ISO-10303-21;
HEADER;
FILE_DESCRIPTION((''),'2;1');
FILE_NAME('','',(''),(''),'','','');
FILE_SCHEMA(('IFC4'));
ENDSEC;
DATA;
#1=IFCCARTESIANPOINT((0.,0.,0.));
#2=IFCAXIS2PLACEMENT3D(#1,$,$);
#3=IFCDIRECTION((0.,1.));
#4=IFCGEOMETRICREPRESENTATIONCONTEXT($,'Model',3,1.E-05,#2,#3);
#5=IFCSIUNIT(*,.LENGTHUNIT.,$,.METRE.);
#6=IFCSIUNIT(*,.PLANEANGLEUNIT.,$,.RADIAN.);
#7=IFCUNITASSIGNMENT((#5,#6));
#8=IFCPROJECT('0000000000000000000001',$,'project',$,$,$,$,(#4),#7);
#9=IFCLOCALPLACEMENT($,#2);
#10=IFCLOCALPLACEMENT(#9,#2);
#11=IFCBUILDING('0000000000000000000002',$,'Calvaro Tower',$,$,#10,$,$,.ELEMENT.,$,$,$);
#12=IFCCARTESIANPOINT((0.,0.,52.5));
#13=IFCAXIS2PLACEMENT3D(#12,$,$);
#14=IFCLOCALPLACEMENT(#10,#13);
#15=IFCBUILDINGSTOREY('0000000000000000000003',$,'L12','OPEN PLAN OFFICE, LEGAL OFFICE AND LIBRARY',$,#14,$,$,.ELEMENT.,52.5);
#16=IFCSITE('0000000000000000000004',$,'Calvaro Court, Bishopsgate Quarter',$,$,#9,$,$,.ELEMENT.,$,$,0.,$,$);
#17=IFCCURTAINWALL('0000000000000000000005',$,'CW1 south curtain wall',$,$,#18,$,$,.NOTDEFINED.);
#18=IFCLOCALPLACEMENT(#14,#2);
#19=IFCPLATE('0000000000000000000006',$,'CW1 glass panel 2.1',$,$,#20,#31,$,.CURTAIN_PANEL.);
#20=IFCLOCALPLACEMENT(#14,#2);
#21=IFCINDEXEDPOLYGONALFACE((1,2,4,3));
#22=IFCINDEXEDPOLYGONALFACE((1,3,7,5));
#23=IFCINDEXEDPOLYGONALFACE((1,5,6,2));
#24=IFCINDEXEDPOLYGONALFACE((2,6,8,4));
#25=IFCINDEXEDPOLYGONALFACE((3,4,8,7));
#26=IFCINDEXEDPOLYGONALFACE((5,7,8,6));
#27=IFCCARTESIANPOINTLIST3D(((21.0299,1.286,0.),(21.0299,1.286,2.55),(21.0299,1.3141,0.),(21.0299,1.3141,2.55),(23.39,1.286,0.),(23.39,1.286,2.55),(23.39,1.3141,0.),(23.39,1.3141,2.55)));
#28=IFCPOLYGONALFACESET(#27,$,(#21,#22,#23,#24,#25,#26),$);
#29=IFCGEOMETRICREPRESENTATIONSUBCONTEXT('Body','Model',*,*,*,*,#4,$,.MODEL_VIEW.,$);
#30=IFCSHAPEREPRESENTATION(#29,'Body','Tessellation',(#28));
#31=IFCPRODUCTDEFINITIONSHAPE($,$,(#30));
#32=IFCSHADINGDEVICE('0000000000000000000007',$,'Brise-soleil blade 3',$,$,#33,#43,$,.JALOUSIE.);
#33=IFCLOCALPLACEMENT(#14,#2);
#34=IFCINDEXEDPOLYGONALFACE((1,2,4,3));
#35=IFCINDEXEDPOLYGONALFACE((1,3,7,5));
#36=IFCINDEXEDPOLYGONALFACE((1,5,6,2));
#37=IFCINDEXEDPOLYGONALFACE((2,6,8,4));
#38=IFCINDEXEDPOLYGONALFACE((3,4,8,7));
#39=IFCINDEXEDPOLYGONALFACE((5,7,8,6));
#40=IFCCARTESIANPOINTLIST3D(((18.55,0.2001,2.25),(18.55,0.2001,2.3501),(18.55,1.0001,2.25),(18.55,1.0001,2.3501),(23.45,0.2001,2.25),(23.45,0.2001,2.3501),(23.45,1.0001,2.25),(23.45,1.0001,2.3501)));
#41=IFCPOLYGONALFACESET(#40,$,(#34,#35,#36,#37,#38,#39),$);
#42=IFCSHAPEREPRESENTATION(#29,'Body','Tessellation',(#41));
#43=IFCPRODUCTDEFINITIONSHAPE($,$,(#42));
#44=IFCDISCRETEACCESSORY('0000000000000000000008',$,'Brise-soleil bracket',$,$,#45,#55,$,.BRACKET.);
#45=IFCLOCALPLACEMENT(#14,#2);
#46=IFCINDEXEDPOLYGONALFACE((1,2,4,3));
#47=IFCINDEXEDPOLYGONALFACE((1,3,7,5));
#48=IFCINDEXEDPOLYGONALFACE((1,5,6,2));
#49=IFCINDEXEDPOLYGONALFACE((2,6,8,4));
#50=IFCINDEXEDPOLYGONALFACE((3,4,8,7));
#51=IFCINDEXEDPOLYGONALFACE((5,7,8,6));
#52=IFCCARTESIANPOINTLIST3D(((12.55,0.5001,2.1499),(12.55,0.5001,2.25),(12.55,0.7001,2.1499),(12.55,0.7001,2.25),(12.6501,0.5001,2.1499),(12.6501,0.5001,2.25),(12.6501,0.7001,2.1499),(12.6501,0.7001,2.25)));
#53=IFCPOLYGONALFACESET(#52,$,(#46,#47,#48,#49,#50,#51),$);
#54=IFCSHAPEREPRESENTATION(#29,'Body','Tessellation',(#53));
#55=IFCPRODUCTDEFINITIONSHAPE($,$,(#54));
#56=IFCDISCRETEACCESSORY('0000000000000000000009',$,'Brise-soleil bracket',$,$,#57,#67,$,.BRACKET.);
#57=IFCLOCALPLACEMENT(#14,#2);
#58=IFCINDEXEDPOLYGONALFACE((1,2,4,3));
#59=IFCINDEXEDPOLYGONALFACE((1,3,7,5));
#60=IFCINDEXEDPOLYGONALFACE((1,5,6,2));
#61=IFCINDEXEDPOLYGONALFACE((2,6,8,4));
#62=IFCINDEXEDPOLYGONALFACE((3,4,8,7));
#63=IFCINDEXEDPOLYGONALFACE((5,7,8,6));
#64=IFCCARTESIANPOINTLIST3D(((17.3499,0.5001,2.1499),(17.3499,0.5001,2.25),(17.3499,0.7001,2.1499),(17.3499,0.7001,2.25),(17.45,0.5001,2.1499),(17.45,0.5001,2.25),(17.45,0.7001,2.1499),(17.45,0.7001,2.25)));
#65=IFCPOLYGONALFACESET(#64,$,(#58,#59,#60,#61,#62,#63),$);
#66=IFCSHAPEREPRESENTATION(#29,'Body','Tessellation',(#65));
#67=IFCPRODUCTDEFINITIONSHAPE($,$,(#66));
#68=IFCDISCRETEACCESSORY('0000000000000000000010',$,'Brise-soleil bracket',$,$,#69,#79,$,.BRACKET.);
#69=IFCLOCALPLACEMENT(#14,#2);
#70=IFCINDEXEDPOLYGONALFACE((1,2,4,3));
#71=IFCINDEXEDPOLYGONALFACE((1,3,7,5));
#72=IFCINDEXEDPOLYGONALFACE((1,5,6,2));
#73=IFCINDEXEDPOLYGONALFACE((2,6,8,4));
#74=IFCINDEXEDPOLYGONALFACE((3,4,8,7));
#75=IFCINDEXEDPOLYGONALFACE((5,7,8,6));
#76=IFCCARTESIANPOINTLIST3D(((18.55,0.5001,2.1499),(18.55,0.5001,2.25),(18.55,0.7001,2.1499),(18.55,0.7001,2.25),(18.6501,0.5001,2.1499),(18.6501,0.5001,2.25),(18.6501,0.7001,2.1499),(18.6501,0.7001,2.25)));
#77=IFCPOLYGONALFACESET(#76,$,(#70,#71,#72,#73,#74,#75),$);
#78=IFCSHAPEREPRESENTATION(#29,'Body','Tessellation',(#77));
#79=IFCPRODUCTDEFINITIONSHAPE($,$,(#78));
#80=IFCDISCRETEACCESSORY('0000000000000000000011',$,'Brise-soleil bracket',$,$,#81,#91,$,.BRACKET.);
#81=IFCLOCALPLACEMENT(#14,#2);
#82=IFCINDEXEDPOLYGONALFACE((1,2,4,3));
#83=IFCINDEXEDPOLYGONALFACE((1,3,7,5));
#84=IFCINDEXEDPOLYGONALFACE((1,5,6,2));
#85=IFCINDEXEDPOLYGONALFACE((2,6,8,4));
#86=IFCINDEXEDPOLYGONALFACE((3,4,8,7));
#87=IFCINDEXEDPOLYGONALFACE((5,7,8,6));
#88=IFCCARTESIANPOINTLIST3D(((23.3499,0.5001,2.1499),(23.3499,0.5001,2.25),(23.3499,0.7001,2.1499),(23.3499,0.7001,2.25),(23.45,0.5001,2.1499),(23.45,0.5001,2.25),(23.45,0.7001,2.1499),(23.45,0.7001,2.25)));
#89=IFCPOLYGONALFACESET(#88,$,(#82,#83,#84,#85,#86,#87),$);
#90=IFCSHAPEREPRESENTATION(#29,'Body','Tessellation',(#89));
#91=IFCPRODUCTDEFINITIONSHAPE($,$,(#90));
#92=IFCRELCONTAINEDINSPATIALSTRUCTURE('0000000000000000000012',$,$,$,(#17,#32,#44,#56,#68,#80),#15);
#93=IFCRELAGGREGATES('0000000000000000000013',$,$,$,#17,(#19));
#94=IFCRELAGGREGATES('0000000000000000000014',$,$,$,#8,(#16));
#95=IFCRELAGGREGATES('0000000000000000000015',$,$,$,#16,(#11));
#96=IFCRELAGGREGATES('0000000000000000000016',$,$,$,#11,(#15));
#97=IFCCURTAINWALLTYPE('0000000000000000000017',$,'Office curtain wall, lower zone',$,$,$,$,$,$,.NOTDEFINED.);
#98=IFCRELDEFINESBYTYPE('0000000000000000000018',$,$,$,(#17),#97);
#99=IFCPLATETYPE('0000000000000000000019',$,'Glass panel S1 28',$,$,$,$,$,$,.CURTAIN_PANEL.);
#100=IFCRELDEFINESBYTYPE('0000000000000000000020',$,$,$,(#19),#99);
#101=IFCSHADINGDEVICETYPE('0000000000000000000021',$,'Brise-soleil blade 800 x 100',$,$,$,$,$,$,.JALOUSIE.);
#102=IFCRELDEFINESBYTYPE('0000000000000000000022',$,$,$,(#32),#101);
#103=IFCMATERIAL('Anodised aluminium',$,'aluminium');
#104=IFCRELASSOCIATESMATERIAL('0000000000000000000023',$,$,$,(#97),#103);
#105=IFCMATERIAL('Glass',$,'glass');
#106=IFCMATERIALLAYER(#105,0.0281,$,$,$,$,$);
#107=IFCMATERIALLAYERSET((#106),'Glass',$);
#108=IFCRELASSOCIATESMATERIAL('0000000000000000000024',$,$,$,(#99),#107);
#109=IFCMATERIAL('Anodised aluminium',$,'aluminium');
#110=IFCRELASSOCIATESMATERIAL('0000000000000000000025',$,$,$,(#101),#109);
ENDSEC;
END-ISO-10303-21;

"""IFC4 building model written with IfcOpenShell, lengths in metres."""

from ifc_helpers import new_model, si_unit, direction, frame, origin, origin_2d, place, context, subcontext, project, spatial, rectangle, extrude, material, layer, layer_set, material_profile, profile_set, type_object, element, aggregate, save


model = new_model("IFC4")

# Units and contexts
model_context = context("Model", 3, precision=1e-05, world=origin(), true_north=direction((0.0, 1.0)))
body_context = subcontext(model_context, "Body", "Model", "MODEL_VIEW")
ifc_project = project(units=[si_unit("LENGTHUNIT", "METRE"), si_unit("PLANEANGLEUNIT", "RADIAN")], contexts=[model_context])

# Site, building, storey
site_placement = place(None, origin())
site = spatial("IfcSite", under=ifc_project, at=site_placement, Name="Calvaro Court, Bishopsgate Quarter", CompositionType="ELEMENT", RefElevation=0.0)
building_placement = place(site_placement, origin())
building = spatial("IfcBuilding", under=site, at=building_placement, Name="Calvaro Tower", CompositionType="ELEMENT")
storey_placement = place(building_placement, frame((0.0, 0.0, 52.5)))
storey = spatial("IfcBuildingStorey", under=building, at=storey_placement, Name="L12", Description="OPEN PLAN OFFICE, LEGAL OFFICE AND LIBRARY", CompositionType="ELEMENT", Elevation=52.5)

# Curtain wall
ifc_material_1 = material(Name="Anodised aluminium", Category="aluminium")
curtain_wall_type = type_object("IfcCurtainWallType", Name="Office curtain wall, lower zone", PredefinedType="NOTDEFINED", material=ifc_material_1)
curtain_wall_1_placement = place(storey_placement, origin())
curtain_wall_1 = element("IfcCurtainWall", 1, at=curtain_wall_1_placement, inside=storey, type_object=curtain_wall_type, Name="CW1 south curtain wall", PredefinedType="NOTDEFINED")

# Plate
ifc_material_2 = material(Name="Glass", Category="glass")
ifc_layer = layer(ifc_material_2, 0.0281)
ifc_layer_set = layer_set([ifc_layer], Name="Glass")
plate_type = type_object("IfcPlateType", Name="Glass panel S1 28", PredefinedType="CURTAIN_PANEL", material=ifc_layer_set)
plate_1_placement = place(storey_placement, frame((22.21, 1.3, 0.0), z_axis=(0.0, 0.0, 1.0), x_axis=(1.0, 0.0, 0.0)))
plate_1 = element("IfcPlate", 2, at=plate_1_placement, type_object=plate_type, Name="CW1 glass panel 2.1", PredefinedType="CURTAIN_PANEL", context=body_context, shape_type="SweptSolid", body=[
    extrude(rectangle(XDim=2.3601, YDim=0.0281, at=origin_2d()), origin(), (0.0, 0.0, 1.0), 2.55),
])
aggregate(curtain_wall_1, [plate_1])

# Shading device
ifc_material_3 = material(Name="Anodised aluminium", Category="aluminium")
ifc_material_profile_1 = material_profile(ifc_material_3, rectangle(XDim=0.8, YDim=0.1001, at=origin_2d()), Name="Brise-soleil blade 800 x 100")
ifc_profile_set_1 = profile_set([ifc_material_profile_1], Name="Anodised aluminium")
shading_device_type = type_object("IfcShadingDeviceType", Name="Brise-soleil blade 800 x 100", PredefinedType="JALOUSIE", material=ifc_profile_set_1)
shading_device_placement = place(storey_placement, frame((18.55, 0.6001, 2.3), z_axis=(1.0, 0.0, 0.0), x_axis=(0.0, 1.0, 0.0)))
element("IfcShadingDevice", 3, at=shading_device_placement, inside=storey, type_object=shading_device_type, Name="Brise-soleil blade 3", PredefinedType="JALOUSIE", context=body_context, shape_type="SweptSolid", body=[
    extrude(rectangle(XDim=0.8, YDim=0.1001, at=origin_2d()), origin(), (0.0, 0.0, 1.0), 4.8999),
])

# Discrete accessories
for number, where, z_axis, x_axis, name in (
    (4, (12.6001, 0.6001, 2.1499), (0.0, 0.0, 1.0), (1.0, 0.0, 0.0), "Brise-soleil bracket"),
    (5, (17.3999, 0.6001, 2.1499), (0.0, 0.0, 1.0), (1.0, 0.0, 0.0), "Brise-soleil bracket"),
    (6, (18.6001, 0.6001, 2.1499), (0.0, 0.0, 1.0), (1.0, 0.0, 0.0), "Brise-soleil bracket"),
    (7, (23.3999, 0.6001, 2.1499), (0.0, 0.0, 1.0), (1.0, 0.0, 0.0), "Brise-soleil bracket"),
):
    element("IfcDiscreteAccessory", number, at=place(storey_placement, frame(where, z_axis=z_axis, x_axis=x_axis)), inside=storey, Name=name, PredefinedType="BRACKET", context=body_context, shape_type="SweptSolid", body=[
        extrude(rectangle(XDim=0.1001, YDim=0.2, at=origin_2d()), origin(), (0.0, 0.0, 1.0), 0.1001),
    ])

save(model, "model.ifc")
